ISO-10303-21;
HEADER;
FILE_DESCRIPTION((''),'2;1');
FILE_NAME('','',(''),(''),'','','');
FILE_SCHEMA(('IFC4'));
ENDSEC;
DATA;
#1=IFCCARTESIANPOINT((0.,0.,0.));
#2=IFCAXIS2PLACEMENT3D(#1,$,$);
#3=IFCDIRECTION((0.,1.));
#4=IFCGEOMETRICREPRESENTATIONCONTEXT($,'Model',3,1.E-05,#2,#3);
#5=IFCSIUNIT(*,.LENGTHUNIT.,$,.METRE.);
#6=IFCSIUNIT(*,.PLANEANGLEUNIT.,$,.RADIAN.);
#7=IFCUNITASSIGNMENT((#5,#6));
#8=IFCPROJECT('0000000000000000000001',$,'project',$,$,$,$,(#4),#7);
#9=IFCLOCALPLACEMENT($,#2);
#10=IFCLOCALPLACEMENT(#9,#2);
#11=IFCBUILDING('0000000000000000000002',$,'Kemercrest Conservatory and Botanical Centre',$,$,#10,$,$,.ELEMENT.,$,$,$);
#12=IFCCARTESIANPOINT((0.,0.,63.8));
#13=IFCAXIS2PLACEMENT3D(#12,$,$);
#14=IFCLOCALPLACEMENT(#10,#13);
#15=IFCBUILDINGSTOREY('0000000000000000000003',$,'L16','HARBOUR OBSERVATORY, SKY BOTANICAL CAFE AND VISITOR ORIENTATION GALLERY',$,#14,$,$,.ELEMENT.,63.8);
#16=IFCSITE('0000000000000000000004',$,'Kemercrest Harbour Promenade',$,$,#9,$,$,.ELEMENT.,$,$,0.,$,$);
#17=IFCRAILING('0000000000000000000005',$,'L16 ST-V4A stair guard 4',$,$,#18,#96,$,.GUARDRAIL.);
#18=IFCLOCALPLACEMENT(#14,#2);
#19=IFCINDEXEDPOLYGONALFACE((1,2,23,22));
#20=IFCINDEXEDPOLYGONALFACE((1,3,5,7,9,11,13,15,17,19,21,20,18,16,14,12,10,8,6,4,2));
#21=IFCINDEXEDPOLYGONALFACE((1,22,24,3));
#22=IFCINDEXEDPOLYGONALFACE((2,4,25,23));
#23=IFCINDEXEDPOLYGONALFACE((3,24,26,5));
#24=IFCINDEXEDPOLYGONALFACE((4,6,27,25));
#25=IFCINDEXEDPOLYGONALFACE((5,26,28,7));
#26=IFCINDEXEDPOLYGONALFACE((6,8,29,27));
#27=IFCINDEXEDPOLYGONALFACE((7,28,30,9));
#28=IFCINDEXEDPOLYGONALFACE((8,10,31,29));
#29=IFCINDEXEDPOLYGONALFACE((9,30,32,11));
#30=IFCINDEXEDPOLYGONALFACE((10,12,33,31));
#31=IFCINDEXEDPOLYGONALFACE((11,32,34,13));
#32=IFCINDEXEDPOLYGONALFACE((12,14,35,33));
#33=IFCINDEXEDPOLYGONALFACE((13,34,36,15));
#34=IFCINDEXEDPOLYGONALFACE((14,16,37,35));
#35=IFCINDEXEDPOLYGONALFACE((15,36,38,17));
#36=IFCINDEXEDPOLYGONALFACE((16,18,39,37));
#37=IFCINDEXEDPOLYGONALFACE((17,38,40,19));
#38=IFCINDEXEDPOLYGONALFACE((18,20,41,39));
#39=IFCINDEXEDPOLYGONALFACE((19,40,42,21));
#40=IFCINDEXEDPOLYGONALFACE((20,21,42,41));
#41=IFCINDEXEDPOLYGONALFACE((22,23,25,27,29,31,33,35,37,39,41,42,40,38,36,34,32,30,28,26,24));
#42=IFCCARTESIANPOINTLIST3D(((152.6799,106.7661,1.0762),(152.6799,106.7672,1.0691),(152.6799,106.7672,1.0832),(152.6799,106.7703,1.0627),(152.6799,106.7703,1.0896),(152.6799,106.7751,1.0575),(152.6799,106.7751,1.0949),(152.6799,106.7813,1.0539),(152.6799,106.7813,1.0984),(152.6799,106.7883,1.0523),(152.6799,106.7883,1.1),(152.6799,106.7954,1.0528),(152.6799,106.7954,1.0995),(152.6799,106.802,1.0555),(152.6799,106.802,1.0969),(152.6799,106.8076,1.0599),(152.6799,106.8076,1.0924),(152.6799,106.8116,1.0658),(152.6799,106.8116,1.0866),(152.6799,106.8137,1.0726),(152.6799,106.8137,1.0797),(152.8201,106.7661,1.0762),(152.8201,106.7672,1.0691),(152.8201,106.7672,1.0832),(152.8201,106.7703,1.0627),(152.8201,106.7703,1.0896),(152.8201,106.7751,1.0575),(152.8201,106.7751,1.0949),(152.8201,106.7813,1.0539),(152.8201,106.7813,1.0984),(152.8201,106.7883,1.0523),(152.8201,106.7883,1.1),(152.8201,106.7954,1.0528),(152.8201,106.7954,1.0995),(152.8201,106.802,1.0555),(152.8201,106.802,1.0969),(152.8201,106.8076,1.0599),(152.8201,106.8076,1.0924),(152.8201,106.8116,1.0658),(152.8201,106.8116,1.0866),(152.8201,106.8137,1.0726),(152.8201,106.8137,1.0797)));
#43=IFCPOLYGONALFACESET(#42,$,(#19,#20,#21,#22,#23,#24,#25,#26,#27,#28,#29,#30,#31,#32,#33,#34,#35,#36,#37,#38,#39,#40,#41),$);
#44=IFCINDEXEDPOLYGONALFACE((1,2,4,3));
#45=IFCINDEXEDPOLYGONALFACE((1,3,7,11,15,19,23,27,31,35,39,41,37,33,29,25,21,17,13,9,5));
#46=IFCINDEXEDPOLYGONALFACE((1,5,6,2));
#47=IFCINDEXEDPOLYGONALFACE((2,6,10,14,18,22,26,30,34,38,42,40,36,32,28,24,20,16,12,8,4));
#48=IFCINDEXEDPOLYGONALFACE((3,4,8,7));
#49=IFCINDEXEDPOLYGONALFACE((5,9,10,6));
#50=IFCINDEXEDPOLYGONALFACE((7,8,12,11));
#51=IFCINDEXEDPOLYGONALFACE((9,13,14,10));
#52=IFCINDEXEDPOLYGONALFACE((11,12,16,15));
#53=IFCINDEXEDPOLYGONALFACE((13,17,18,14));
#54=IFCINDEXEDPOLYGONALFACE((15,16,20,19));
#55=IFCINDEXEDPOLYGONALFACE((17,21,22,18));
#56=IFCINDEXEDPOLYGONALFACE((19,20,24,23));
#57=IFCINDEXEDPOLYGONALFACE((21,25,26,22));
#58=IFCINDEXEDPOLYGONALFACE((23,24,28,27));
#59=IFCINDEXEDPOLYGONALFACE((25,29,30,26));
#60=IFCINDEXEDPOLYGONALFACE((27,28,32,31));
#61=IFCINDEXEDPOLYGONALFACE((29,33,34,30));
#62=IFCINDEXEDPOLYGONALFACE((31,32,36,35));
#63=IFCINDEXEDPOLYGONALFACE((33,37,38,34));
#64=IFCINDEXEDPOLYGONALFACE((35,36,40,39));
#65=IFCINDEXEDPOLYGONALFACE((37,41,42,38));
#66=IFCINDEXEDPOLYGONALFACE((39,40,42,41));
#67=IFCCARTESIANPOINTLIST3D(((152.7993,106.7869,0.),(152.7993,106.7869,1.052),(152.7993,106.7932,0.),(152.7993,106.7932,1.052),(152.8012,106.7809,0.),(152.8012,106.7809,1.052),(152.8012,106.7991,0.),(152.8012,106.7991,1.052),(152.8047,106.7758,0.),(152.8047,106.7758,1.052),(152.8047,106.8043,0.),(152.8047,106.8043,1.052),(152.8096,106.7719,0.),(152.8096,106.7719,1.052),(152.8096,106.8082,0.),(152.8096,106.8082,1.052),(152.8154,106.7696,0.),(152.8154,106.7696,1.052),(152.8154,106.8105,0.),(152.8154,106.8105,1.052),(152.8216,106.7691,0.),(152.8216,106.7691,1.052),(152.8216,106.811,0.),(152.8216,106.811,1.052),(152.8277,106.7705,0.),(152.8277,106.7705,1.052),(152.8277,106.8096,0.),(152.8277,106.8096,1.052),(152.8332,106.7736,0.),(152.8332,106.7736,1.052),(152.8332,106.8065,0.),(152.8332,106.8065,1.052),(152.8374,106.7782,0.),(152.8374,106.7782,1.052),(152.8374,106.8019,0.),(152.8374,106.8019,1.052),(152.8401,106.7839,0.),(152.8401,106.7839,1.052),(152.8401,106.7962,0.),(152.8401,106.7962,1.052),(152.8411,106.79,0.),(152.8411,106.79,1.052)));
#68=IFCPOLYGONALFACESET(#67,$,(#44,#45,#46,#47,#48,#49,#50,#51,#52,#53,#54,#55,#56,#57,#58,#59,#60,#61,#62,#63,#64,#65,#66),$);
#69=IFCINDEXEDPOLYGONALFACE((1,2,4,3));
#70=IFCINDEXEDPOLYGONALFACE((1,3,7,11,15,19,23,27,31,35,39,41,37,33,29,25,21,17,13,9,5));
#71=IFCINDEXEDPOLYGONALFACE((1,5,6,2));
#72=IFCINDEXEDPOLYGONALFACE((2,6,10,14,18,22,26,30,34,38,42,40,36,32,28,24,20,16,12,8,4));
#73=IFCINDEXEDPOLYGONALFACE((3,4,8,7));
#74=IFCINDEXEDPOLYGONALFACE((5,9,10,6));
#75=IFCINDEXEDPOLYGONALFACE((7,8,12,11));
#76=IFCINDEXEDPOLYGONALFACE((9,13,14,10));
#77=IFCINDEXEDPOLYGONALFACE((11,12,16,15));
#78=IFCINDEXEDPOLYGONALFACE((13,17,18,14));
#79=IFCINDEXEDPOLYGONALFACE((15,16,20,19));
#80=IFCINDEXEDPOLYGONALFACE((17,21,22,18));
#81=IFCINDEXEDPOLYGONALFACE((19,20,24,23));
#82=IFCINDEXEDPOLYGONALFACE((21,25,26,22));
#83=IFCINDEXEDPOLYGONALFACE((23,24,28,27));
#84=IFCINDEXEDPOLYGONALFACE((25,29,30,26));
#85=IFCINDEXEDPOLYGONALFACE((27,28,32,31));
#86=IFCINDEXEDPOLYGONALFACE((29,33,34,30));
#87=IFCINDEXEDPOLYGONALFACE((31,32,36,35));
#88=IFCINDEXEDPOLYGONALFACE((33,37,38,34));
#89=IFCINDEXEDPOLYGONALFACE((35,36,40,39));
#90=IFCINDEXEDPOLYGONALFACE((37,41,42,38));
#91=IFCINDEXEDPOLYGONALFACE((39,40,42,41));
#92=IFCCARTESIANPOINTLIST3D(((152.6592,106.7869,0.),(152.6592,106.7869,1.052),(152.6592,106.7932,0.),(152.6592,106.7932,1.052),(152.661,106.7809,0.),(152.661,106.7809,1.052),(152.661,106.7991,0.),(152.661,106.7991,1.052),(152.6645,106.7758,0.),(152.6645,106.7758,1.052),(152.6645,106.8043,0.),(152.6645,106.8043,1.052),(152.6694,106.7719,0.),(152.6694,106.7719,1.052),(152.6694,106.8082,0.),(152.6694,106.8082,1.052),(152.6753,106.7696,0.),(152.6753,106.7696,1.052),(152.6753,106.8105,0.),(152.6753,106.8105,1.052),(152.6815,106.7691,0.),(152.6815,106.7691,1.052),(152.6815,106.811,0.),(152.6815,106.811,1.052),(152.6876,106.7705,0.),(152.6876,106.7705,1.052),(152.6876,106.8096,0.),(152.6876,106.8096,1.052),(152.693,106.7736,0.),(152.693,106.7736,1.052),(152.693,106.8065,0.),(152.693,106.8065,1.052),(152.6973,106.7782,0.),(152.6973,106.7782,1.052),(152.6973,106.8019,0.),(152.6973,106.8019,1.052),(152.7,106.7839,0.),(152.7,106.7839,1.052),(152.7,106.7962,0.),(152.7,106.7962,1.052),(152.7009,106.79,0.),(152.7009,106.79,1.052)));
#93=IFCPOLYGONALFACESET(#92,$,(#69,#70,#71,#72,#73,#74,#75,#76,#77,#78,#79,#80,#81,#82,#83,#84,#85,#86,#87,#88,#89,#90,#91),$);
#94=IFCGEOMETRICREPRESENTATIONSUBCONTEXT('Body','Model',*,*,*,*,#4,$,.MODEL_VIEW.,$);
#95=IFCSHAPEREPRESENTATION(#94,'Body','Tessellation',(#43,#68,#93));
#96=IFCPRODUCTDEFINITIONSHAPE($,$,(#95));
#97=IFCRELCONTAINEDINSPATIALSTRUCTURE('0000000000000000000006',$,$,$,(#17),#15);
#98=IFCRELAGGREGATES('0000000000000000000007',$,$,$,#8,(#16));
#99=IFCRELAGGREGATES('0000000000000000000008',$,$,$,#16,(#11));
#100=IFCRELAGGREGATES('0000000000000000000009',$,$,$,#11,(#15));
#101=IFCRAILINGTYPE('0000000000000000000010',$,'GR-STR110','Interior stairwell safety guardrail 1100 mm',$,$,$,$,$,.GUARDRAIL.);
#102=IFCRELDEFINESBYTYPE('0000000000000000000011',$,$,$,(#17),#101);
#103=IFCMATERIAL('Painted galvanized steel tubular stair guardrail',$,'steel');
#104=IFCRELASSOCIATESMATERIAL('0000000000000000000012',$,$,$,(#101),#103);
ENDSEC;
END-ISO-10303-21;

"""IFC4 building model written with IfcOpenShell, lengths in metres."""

from ifc_helpers import new_model, si_unit, direction, frame, origin, origin_2d, place, context, subcontext, project, spatial, circle, extrude, material, type_object, element, save


model = new_model("IFC4")

# Units and contexts
model_context = context("Model", 3, precision=1e-05, world=origin(), true_north=direction((0.0, 1.0)))
body_context = subcontext(model_context, "Body", "Model", "MODEL_VIEW")
ifc_project = project(units=[si_unit("LENGTHUNIT", "METRE"), si_unit("PLANEANGLEUNIT", "RADIAN")], contexts=[model_context])

# Site, building, storey
site_placement = place(None, origin())
site = spatial("IfcSite", under=ifc_project, at=site_placement, Name="Kemercrest Harbour Promenade", CompositionType="ELEMENT", RefElevation=0.0)
building_placement = place(site_placement, origin())
building = spatial("IfcBuilding", under=site, at=building_placement, Name="Kemercrest Conservatory and Botanical Centre", CompositionType="ELEMENT")
storey_placement = place(building_placement, frame((0.0, 0.0, 63.8)))
storey = spatial("IfcBuildingStorey", under=building, at=storey_placement, Name="L16", Description="HARBOUR OBSERVATORY, SKY BOTANICAL CAFE AND VISITOR ORIENTATION GALLERY", CompositionType="ELEMENT", Elevation=63.8)

# Railing
ifc_material_1 = material(Name="Painted galvanized steel tubular stair guardrail", Category="steel")
railing_type_1 = type_object("IfcRailingType", Name="GR-STR110", Description="Interior stairwell safety guardrail 1100 mm", PredefinedType="GUARDRAIL", material=ifc_material_1)
railing_1_placement = place(storey_placement, frame((152.8201, 106.79, 0.0)))
element("IfcRailing", 1, at=railing_1_placement, inside=storey, type_object=railing_type_1, Name="L16 ST-V4A stair guard 4", PredefinedType="GUARDRAIL", context=body_context, shape_type="SweptSolid", body=[
    extrude(circle(Radius=0.0239, at=origin_2d()), frame((0.0, 0.0, 1.0762), z_axis=(-1.0, 0.0, 0.0), x_axis=(0.0, -1.0, 0.0)), (0.0, 0.0, 1.0), 0.1401),
    extrude(circle(Radius=0.021, at=origin_2d()), origin(), (0.0, 0.0, 1.0), 1.052),
    extrude(circle(Radius=0.021, at=origin_2d()), frame((-0.1401, 0.0, 0.0)), (0.0, 0.0, 1.0), 1.052),
])

save(model, "model.ifc")
